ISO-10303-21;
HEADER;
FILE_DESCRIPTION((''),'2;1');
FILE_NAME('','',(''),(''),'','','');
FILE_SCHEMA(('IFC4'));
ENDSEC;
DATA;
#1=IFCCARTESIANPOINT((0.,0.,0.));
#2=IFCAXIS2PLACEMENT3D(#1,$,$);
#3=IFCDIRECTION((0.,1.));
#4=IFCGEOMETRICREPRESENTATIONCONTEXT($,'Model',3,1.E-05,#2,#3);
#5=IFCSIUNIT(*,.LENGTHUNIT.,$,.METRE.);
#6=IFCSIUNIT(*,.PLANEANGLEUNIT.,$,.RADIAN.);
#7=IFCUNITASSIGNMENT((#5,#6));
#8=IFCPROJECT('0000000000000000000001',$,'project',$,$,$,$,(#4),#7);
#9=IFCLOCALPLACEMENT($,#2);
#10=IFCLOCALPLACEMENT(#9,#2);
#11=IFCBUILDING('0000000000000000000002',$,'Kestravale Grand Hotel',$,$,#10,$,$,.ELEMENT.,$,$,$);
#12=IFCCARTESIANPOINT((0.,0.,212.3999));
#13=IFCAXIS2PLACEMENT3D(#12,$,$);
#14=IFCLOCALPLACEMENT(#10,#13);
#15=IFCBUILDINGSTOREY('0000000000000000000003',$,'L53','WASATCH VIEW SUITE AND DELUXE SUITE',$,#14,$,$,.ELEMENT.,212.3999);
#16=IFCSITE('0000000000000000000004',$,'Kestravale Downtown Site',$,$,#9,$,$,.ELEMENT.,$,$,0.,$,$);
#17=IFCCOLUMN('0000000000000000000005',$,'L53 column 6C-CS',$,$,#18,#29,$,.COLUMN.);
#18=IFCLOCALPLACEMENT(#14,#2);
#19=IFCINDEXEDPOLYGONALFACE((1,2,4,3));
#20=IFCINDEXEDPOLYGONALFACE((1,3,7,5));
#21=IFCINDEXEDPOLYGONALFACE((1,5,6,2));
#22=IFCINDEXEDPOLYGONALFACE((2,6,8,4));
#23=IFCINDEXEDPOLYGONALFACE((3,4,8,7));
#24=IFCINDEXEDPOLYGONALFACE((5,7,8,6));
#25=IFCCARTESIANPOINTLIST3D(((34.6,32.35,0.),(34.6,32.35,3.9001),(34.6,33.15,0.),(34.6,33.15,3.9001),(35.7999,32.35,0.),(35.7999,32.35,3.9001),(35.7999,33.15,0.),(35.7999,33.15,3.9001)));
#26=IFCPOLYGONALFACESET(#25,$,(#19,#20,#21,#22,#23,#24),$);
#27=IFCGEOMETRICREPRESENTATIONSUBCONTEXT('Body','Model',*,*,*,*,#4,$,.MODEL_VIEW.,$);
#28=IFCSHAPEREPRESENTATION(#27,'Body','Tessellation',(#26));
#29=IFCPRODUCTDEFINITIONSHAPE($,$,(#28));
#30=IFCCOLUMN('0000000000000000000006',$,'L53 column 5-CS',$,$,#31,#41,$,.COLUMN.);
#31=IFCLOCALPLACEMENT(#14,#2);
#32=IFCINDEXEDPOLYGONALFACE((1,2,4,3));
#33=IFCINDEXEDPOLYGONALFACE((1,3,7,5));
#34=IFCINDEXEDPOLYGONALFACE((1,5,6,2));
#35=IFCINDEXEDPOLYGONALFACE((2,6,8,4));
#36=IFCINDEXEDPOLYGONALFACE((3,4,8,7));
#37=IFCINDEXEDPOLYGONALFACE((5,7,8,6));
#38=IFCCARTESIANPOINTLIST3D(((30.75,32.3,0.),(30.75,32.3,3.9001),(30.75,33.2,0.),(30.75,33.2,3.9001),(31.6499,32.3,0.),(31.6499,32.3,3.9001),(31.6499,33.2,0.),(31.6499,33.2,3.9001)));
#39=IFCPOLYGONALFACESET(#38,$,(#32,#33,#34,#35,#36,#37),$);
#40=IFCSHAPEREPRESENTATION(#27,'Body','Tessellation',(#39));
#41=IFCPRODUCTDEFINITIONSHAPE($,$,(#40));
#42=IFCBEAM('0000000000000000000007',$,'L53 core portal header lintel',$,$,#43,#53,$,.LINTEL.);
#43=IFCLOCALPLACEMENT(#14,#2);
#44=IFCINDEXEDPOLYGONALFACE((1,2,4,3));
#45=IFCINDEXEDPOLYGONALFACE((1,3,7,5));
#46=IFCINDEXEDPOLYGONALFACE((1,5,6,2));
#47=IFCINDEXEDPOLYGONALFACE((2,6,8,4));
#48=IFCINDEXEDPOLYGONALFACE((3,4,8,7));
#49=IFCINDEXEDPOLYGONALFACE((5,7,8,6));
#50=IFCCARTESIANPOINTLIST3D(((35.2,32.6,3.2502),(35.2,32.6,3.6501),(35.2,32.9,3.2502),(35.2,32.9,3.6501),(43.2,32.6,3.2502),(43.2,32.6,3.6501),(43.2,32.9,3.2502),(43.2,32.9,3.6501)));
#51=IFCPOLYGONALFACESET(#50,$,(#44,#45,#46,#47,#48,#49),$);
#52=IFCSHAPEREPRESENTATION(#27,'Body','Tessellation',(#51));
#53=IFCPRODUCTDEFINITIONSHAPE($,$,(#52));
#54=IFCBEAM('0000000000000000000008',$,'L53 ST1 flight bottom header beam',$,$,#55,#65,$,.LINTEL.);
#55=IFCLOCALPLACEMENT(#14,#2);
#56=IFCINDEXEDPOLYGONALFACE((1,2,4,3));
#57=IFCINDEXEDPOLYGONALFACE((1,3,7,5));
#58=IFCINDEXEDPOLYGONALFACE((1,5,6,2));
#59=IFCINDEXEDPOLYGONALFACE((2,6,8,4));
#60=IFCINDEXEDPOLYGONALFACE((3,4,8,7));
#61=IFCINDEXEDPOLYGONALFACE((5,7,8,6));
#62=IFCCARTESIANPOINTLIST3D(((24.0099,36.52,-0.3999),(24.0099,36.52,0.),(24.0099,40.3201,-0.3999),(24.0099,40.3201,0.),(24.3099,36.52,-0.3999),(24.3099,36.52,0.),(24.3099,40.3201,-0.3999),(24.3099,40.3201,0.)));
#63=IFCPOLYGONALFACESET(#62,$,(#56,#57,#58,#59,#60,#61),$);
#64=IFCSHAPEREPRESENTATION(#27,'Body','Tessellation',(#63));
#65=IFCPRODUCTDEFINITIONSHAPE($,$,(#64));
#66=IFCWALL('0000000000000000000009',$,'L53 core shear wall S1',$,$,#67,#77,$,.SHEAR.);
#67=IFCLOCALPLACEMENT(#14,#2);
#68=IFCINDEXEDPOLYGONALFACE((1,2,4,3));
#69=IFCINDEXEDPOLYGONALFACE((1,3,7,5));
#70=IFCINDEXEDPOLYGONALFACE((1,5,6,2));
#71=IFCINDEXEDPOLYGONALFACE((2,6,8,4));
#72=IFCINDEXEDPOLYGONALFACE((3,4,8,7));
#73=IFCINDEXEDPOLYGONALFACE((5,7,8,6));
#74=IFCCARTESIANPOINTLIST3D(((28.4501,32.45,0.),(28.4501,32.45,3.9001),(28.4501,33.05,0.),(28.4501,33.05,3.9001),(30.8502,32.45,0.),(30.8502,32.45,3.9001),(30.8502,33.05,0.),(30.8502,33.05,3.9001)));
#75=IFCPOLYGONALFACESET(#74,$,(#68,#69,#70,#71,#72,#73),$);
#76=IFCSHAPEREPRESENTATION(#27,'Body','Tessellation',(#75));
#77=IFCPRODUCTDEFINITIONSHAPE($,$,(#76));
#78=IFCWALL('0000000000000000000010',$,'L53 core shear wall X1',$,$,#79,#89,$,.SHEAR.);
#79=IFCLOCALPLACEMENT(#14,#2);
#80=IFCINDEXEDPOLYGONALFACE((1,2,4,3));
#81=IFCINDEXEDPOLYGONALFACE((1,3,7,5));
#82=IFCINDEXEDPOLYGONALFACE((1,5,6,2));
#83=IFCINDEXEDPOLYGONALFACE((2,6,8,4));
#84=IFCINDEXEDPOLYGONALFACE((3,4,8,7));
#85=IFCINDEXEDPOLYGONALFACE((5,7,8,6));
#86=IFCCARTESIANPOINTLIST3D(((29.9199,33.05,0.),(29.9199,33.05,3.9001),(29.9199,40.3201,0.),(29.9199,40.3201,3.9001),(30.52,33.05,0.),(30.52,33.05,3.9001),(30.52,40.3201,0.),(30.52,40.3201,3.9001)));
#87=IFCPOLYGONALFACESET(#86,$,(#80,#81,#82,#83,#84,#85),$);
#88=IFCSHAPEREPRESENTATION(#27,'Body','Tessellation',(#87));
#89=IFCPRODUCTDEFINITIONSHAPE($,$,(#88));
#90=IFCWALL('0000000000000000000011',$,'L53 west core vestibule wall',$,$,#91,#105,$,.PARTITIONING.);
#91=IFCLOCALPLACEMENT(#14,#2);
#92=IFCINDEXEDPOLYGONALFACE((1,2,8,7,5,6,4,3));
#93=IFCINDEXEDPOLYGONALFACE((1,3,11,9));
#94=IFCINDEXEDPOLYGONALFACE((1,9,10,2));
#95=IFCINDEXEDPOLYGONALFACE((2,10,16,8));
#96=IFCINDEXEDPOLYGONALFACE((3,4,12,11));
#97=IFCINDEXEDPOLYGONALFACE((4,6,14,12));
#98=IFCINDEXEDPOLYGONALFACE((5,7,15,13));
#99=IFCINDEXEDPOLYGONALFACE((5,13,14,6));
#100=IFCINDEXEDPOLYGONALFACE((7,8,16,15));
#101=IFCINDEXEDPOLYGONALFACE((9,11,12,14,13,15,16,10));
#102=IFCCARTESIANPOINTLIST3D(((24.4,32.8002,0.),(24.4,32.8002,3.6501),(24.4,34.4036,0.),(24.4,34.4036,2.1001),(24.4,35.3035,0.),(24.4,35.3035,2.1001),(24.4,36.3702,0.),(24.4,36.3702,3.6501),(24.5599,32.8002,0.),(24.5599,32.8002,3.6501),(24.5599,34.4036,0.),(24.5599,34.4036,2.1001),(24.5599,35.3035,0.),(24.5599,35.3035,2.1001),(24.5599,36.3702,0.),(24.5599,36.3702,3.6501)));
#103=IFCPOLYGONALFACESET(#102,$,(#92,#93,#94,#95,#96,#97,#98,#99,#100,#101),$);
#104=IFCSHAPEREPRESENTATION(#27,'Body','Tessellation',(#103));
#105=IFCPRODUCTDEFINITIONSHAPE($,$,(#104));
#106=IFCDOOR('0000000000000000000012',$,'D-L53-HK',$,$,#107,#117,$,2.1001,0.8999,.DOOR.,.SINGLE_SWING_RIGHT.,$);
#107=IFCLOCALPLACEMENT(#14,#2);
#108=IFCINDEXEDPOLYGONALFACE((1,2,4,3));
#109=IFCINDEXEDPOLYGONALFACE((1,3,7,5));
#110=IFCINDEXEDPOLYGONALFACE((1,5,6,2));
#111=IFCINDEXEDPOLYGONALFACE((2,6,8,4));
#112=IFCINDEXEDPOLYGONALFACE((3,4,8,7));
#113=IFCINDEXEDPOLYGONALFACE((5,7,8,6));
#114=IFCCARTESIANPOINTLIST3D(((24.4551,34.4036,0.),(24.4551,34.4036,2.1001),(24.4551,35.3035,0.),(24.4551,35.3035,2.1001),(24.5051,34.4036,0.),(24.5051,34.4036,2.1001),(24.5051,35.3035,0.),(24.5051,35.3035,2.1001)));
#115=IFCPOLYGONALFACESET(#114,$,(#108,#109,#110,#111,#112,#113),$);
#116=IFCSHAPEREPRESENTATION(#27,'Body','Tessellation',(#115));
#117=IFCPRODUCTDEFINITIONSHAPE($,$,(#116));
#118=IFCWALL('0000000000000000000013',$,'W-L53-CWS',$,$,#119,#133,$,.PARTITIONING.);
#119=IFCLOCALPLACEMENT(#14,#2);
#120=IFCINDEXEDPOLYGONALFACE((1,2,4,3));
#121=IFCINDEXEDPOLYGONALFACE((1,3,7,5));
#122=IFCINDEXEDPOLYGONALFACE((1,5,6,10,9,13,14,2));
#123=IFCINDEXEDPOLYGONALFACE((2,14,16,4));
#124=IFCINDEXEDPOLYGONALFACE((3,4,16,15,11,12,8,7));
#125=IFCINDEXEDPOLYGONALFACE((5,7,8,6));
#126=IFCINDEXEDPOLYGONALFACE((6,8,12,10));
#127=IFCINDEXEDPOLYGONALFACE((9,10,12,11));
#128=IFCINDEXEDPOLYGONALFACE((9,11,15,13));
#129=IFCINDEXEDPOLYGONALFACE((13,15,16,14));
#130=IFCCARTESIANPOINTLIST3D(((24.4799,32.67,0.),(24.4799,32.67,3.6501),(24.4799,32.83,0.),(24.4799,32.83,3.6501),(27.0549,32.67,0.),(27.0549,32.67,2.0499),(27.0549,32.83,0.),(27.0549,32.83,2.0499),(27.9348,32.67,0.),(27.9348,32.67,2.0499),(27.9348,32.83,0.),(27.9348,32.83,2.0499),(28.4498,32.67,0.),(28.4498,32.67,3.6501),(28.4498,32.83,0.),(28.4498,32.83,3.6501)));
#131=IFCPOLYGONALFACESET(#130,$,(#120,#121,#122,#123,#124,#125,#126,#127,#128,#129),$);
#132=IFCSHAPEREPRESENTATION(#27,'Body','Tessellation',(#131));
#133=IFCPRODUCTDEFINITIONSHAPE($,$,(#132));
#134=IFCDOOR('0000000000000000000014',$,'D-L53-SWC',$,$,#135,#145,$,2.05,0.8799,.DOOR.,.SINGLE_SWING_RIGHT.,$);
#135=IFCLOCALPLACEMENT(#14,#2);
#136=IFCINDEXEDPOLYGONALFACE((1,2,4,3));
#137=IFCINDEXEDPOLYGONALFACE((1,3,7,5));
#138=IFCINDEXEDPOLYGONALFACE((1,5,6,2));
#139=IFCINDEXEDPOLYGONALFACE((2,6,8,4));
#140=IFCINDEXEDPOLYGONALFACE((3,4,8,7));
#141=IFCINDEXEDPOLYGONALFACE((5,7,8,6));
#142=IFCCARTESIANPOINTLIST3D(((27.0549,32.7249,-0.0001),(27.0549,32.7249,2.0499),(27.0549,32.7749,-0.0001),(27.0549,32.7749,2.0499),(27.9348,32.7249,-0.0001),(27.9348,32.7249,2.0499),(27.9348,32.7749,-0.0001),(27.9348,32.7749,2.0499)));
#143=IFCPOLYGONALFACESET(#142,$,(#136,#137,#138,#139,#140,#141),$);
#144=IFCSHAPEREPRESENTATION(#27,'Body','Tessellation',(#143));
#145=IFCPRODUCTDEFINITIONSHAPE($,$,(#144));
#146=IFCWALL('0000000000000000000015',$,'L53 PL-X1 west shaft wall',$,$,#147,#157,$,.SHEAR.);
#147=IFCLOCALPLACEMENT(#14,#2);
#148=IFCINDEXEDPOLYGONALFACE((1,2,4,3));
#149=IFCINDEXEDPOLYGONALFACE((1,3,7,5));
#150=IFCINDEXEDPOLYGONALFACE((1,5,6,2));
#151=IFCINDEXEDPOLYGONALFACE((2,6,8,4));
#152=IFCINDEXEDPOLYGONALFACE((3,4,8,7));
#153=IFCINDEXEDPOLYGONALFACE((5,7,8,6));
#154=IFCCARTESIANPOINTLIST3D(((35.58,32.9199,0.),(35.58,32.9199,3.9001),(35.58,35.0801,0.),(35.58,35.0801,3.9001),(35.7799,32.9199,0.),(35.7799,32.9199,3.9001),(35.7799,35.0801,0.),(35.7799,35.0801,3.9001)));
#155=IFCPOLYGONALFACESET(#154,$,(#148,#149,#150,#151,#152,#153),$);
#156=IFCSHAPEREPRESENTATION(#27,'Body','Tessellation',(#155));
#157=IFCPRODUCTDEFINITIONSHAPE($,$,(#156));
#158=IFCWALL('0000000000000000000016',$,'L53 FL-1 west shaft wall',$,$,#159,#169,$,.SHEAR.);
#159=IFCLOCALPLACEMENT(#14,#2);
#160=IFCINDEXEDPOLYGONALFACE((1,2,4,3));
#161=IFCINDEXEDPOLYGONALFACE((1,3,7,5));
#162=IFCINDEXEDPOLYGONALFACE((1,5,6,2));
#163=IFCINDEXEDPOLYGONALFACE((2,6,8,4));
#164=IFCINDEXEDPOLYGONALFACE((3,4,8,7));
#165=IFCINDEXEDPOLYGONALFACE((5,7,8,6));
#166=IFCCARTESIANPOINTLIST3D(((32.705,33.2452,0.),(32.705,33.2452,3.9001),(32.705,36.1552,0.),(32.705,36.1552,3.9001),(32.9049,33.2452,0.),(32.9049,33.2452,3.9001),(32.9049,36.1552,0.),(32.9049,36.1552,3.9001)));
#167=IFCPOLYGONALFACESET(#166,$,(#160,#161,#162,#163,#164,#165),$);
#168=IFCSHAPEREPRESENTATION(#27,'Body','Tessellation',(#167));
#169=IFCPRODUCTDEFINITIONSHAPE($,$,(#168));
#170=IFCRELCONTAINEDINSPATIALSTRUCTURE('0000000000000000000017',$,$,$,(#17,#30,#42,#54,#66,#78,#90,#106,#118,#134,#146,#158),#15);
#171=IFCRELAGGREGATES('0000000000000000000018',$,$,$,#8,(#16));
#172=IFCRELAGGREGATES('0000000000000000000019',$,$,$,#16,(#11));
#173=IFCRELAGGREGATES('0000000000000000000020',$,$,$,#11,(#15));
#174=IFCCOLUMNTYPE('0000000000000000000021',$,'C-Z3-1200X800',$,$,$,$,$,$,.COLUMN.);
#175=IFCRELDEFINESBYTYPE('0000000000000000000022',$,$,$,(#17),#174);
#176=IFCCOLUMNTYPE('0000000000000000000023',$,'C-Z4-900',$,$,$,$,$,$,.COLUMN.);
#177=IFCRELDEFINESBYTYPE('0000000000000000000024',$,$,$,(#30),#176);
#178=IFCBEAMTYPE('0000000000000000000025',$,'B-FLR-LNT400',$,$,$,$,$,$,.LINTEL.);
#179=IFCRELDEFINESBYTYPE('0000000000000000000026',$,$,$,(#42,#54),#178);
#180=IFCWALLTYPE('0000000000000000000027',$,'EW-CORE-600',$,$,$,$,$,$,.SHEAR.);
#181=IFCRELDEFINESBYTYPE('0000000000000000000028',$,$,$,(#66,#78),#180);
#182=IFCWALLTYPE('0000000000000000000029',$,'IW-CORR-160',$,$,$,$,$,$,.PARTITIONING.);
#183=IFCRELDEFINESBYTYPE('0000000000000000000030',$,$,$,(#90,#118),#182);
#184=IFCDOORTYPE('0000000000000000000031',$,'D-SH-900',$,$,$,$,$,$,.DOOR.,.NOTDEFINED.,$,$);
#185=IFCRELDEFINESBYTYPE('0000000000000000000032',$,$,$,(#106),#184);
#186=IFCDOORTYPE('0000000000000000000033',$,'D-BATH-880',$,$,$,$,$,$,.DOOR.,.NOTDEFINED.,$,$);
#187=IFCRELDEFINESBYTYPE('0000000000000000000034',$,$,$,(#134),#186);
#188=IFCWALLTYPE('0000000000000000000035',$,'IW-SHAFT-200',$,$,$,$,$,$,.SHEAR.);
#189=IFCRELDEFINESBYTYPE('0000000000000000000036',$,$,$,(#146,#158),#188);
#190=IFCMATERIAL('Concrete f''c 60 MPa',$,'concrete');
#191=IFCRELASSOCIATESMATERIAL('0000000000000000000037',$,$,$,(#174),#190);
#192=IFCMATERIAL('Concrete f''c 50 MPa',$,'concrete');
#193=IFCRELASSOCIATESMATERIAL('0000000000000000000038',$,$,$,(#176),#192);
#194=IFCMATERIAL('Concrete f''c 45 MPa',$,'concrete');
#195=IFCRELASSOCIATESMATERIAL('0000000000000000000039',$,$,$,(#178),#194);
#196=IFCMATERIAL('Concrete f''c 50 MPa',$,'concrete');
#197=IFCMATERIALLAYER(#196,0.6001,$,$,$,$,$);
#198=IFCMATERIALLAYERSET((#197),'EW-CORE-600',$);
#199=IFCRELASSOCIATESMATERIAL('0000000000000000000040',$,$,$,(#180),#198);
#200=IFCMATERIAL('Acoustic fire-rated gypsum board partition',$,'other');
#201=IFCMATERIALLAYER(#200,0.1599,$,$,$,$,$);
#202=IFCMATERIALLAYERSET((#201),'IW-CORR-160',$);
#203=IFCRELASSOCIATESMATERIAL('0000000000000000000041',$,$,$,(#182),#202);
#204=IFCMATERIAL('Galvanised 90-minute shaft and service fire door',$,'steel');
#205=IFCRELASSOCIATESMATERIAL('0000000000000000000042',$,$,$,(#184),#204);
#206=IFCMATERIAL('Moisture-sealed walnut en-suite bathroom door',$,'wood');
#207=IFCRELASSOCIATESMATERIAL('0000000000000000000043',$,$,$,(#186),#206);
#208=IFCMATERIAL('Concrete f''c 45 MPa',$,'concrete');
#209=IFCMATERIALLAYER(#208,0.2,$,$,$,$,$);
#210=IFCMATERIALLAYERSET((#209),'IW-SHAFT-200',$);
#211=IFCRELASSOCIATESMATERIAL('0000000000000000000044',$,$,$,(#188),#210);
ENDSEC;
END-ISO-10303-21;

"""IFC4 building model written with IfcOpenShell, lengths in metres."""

from ifc_helpers import new_model, si_unit, direction, frame, frame_2d, origin, origin_2d, place, context, subcontext, project, spatial, rectangle, extrude, material, layer, layer_set, material_profile, profile_set, type_object, element, fill, save


model = new_model("IFC4")

# Units and contexts
model_context = context("Model", 3, precision=1e-05, world=origin(), true_north=direction((0.0, 1.0)))
body_context = subcontext(model_context, "Body", "Model", "MODEL_VIEW")
ifc_project = project(units=[si_unit("LENGTHUNIT", "METRE"), si_unit("PLANEANGLEUNIT", "RADIAN")], contexts=[model_context])

# Site, building, storey
site_placement = place(None, origin())
site = spatial("IfcSite", under=ifc_project, at=site_placement, Name="Kestravale Downtown Site", CompositionType="ELEMENT", RefElevation=0.0)
building_placement = place(site_placement, origin())
building = spatial("IfcBuilding", under=site, at=building_placement, Name="Kestravale Grand Hotel", CompositionType="ELEMENT")
storey_placement = place(building_placement, frame((0.0, 0.0, 212.3999)))
storey = spatial("IfcBuildingStorey", under=building, at=storey_placement, Name="L53", Description="WASATCH VIEW SUITE AND DELUXE SUITE", CompositionType="ELEMENT", Elevation=212.3999)

# Columns
ifc_material_1 = material(Name="Concrete f'c 60 MPa", Category="concrete")
ifc_material_profile_1 = material_profile(ifc_material_1, rectangle(XDim=1.2, YDim=0.8, at=origin_2d()))
ifc_profile_set_1 = profile_set([ifc_material_profile_1], Name="Concrete f'c 60 MPa")
column_type_1 = type_object("IfcColumnType", Name="C-Z3-1200X800", PredefinedType="COLUMN", material=ifc_profile_set_1)
column_1_placement = place(storey_placement, frame((35.2, 32.75, 0.0), z_axis=(0.0, 0.0, 1.0), x_axis=(1.0, 0.0, 0.0)))
element("IfcColumn", 1, at=column_1_placement, inside=storey, type_object=column_type_1, Name="L53 column 6C-CS", PredefinedType="COLUMN", context=body_context, shape_type="SweptSolid", body=[
    extrude(rectangle(XDim=1.2, YDim=0.8, at=origin_2d()), origin(), (0.0, 0.0, 1.0), 3.9001),
])
ifc_material_2 = material(Name="Concrete f'c 50 MPa", Category="concrete")
ifc_material_profile_2 = material_profile(ifc_material_2, rectangle(XDim=0.8999, YDim=0.8999, at=origin_2d()))
ifc_profile_set_2 = profile_set([ifc_material_profile_2], Name="Concrete f'c 50 MPa")
column_type_2 = type_object("IfcColumnType", Name="C-Z4-900", PredefinedType="COLUMN", material=ifc_profile_set_2)
column_2_placement = place(storey_placement, frame((31.2, 32.75, 0.0), z_axis=(0.0, 0.0, 1.0), x_axis=(1.0, 0.0, 0.0)))
element("IfcColumn", 2, at=column_2_placement, inside=storey, type_object=column_type_2, Name="L53 column 5-CS", PredefinedType="COLUMN", context=body_context, shape_type="SweptSolid", body=[
    extrude(rectangle(XDim=0.8999, YDim=0.8999, at=origin_2d()), origin(), (0.0, 0.0, 1.0), 3.9001),
])

# Beams
ifc_material_3 = material(Name="Concrete f'c 45 MPa", Category="concrete")
ifc_material_profile_3 = material_profile(ifc_material_3, rectangle(XDim=0.3, YDim=0.3999, at=origin_2d()))
ifc_profile_set_3 = profile_set([ifc_material_profile_3], Name="Concrete f'c 45 MPa")
beam_type = type_object("IfcBeamType", Name="B-FLR-LNT400", PredefinedType="LINTEL", material=ifc_profile_set_3)
beam_1_placement = place(storey_placement, frame((35.2, 32.75, 3.4502), z_axis=(1.0, 0.0, 0.0), x_axis=(0.0, 1.0, 0.0)))
element("IfcBeam", 3, at=beam_1_placement, inside=storey, type_object=beam_type, Name="L53 core portal header lintel", PredefinedType="LINTEL", context=body_context, shape_type="SweptSolid", body=[
    extrude(rectangle(XDim=0.3, YDim=0.3999, at=origin_2d()), origin(), (0.0, 0.0, 1.0), 8.0),
])
beam_2_placement = place(storey_placement, frame((24.1599, 36.52, -0.2), z_axis=(0.0, 1.0, 0.0), x_axis=(-1.0, 0.0, 0.0)))
element("IfcBeam", 4, at=beam_2_placement, inside=storey, type_object=beam_type, Name="L53 ST1 flight bottom header beam", PredefinedType="LINTEL", context=body_context, shape_type="SweptSolid", body=[
    extrude(rectangle(XDim=0.3, YDim=0.3999, at=origin_2d()), origin(), (0.0, 0.0, 1.0), 3.8),
])

# Walls
ifc_material_4 = material(Name="Concrete f'c 50 MPa", Category="concrete")
ifc_layer_1 = layer(ifc_material_4, 0.6001)
ifc_layer_set_1 = layer_set([ifc_layer_1], Name="EW-CORE-600")
wall_type_1 = type_object("IfcWallType", Name="EW-CORE-600", PredefinedType="SHEAR", material=ifc_layer_set_1)
wall_1_placement = place(storey_placement, frame((28.45, 32.75, 0.0), z_axis=(0.0, 0.0, 1.0), x_axis=(1.0, 0.0, 0.0)))
element("IfcWall", 5, at=wall_1_placement, inside=storey, type_object=wall_type_1, Name="L53 core shear wall S1", PredefinedType="SHEAR", context=body_context, shape_type="SweptSolid", body=[
    extrude(rectangle(XDim=2.4001, YDim=0.6001, at=frame_2d((1.2002, 0.0))), origin(), (0.0, 0.0, 1.0), 3.9001),
])
wall_2_placement = place(storey_placement, frame((30.22, 33.05, 0.0), z_axis=(0.0, 0.0, 1.0), x_axis=(0.0, 1.0, 0.0)))
element("IfcWall", 6, at=wall_2_placement, inside=storey, type_object=wall_type_1, Name="L53 core shear wall X1", PredefinedType="SHEAR", context=body_context, shape_type="SweptSolid", body=[
    extrude(rectangle(XDim=7.27, YDim=0.6001, at=frame_2d((3.635, 0.0))), origin(), (0.0, 0.0, 1.0), 3.9001),
])

# Walls, openings, doors
ifc_material_5 = material(Name="Acoustic fire-rated gypsum board partition", Category="other")
ifc_layer_2 = layer(ifc_material_5, 0.1599)
ifc_layer_set_2 = layer_set([ifc_layer_2], Name="IW-CORR-160")
wall_type_2 = type_object("IfcWallType", Name="IW-CORR-160", PredefinedType="PARTITIONING", material=ifc_layer_set_2)
wall_3_placement = place(storey_placement, frame((24.48, 32.8, 0.0), z_axis=(0.0, 0.0, 1.0), x_axis=(0.0, 1.0, 0.0)))
wall_3 = element("IfcWall", 7, at=wall_3_placement, inside=storey, type_object=wall_type_2, Name="L53 west core vestibule wall", PredefinedType="PARTITIONING", context=body_context, shape_type="SweptSolid", body=[
    extrude(rectangle(XDim=3.5701, YDim=0.1599, at=frame_2d((1.7852, 0.0))), origin(), (0.0, 0.0, 1.0), 3.6501),
])
opening_1_placement = place(wall_3_placement, frame((1.6035, 0.0, 0.0)))
opening_1 = element("IfcOpeningElement", 8, at=opening_1_placement, cuts=wall_3, PredefinedType="OPENING", context=body_context, shape_type="SweptSolid", body=[
    extrude(rectangle(XDim=0.8999, YDim=2.1001, at=frame_2d((0.45, 1.05))), frame((0.0, 0.0898, 0.0), z_axis=(0.0, -1.0, 0.0), x_axis=(1.0, 0.0, 0.0)), (0.0, 0.0, 1.0), 0.1799),
])
ifc_material_6 = material(Name="Galvanised 90-minute shaft and service fire door", Category="steel")
door_type_1 = type_object("IfcDoorType", Name="D-SH-900", OperationType="NOTDEFINED", PredefinedType="DOOR", material=ifc_material_6)
door_1_placement = place(opening_1_placement, origin())
door_1 = element("IfcDoor", 9, at=door_1_placement, inside=storey, type_object=door_type_1, Name="D-L53-HK", OperationType="SINGLE_SWING_RIGHT", OverallHeight=2.1001, OverallWidth=0.8999, PredefinedType="DOOR", context=body_context, shape_type="SweptSolid", body=[
    extrude(rectangle(XDim=0.8999, YDim=2.1001, at=frame_2d((0.45, 1.05))), frame((0.0, 0.0249, 0.0), z_axis=(0.0, -1.0, 0.0), x_axis=(1.0, 0.0, 0.0)), (0.0, 0.0, 1.0), 0.05),
])
fill(opening_1, door_1)
wall_4_placement = place(storey_placement, frame((24.48, 32.75, 0.0), z_axis=(0.0, 0.0, 1.0), x_axis=(1.0, 0.0, 0.0)))
wall_4 = element("IfcWall", 10, at=wall_4_placement, inside=storey, type_object=wall_type_2, Name="W-L53-CWS", PredefinedType="PARTITIONING", context=body_context, shape_type="SweptSolid", body=[
    extrude(rectangle(XDim=3.97, YDim=0.1599, at=frame_2d((1.9849, 0.0))), origin(), (0.0, 0.0, 1.0), 3.6501),
])
opening_2_placement = place(wall_4_placement, frame((2.575, 0.0, 0.0)))
opening_2 = element("IfcOpeningElement", 11, at=opening_2_placement, cuts=wall_4, PredefinedType="OPENING", context=body_context, shape_type="SweptSolid", body=[
    extrude(rectangle(XDim=0.8799, YDim=2.05, at=frame_2d((0.4399, 1.0249))), frame((0.0, 0.0898, 0.0), z_axis=(0.0, -1.0, 0.0), x_axis=(1.0, 0.0, 0.0)), (0.0, 0.0, 1.0), 0.1799),
])
ifc_material_7 = material(Name="Moisture-sealed walnut en-suite bathroom door", Category="wood")
door_type_2 = type_object("IfcDoorType", Name="D-BATH-880", OperationType="NOTDEFINED", PredefinedType="DOOR", material=ifc_material_7)
door_2_placement = place(opening_2_placement, origin())
door_2 = element("IfcDoor", 12, at=door_2_placement, inside=storey, type_object=door_type_2, Name="D-L53-SWC", OperationType="SINGLE_SWING_RIGHT", OverallHeight=2.05, OverallWidth=0.8799, PredefinedType="DOOR", context=body_context, shape_type="SweptSolid", body=[
    extrude(rectangle(XDim=0.8799, YDim=2.05, at=frame_2d((0.4399, 1.0249))), frame((0.0, 0.0249, 0.0), z_axis=(0.0, -1.0, 0.0), x_axis=(1.0, 0.0, 0.0)), (0.0, 0.0, 1.0), 0.05),
])
fill(opening_2, door_2)

# Walls
ifc_material_8 = material(Name="Concrete f'c 45 MPa", Category="concrete")
ifc_layer_3 = layer(ifc_material_8, 0.2)
ifc_layer_set_3 = layer_set([ifc_layer_3], Name="IW-SHAFT-200")
wall_type_3 = type_object("IfcWallType", Name="IW-SHAFT-200", PredefinedType="SHEAR", material=ifc_layer_set_3)
wall_5_placement = place(storey_placement, frame((35.6799, 32.9199, 0.0), z_axis=(0.0, 0.0, 1.0), x_axis=(0.0, 1.0, 0.0)))
element("IfcWall", 13, at=wall_5_placement, inside=storey, type_object=wall_type_3, Name="L53 PL-X1 west shaft wall", PredefinedType="SHEAR", context=body_context, shape_type="SweptSolid", body=[
    extrude(rectangle(XDim=2.1602, YDim=0.2, at=frame_2d((1.0801, 0.0))), origin(), (0.0, 0.0, 1.0), 3.9001),
])
for number, where, z_axis, x_axis, name in (
    (14, (32.8049, 33.2451, 0.0), (0.0, 0.0, 1.0), (0.0, 1.0, 0.0), "L53 FL-1 west shaft wall"),
):
    element("IfcWall", number, at=place(storey_placement, frame(where, z_axis=z_axis, x_axis=x_axis)), inside=storey, type_object=wall_type_3, Name=name, PredefinedType="SHEAR", context=body_context, shape_type="SweptSolid", body=[
        extrude(rectangle(XDim=2.9099, YDim=0.2, at=frame_2d((1.4551, 0.0))), origin(), (0.0, 0.0, 1.0), 3.9001),
    ])

save(model, "model.ifc")
